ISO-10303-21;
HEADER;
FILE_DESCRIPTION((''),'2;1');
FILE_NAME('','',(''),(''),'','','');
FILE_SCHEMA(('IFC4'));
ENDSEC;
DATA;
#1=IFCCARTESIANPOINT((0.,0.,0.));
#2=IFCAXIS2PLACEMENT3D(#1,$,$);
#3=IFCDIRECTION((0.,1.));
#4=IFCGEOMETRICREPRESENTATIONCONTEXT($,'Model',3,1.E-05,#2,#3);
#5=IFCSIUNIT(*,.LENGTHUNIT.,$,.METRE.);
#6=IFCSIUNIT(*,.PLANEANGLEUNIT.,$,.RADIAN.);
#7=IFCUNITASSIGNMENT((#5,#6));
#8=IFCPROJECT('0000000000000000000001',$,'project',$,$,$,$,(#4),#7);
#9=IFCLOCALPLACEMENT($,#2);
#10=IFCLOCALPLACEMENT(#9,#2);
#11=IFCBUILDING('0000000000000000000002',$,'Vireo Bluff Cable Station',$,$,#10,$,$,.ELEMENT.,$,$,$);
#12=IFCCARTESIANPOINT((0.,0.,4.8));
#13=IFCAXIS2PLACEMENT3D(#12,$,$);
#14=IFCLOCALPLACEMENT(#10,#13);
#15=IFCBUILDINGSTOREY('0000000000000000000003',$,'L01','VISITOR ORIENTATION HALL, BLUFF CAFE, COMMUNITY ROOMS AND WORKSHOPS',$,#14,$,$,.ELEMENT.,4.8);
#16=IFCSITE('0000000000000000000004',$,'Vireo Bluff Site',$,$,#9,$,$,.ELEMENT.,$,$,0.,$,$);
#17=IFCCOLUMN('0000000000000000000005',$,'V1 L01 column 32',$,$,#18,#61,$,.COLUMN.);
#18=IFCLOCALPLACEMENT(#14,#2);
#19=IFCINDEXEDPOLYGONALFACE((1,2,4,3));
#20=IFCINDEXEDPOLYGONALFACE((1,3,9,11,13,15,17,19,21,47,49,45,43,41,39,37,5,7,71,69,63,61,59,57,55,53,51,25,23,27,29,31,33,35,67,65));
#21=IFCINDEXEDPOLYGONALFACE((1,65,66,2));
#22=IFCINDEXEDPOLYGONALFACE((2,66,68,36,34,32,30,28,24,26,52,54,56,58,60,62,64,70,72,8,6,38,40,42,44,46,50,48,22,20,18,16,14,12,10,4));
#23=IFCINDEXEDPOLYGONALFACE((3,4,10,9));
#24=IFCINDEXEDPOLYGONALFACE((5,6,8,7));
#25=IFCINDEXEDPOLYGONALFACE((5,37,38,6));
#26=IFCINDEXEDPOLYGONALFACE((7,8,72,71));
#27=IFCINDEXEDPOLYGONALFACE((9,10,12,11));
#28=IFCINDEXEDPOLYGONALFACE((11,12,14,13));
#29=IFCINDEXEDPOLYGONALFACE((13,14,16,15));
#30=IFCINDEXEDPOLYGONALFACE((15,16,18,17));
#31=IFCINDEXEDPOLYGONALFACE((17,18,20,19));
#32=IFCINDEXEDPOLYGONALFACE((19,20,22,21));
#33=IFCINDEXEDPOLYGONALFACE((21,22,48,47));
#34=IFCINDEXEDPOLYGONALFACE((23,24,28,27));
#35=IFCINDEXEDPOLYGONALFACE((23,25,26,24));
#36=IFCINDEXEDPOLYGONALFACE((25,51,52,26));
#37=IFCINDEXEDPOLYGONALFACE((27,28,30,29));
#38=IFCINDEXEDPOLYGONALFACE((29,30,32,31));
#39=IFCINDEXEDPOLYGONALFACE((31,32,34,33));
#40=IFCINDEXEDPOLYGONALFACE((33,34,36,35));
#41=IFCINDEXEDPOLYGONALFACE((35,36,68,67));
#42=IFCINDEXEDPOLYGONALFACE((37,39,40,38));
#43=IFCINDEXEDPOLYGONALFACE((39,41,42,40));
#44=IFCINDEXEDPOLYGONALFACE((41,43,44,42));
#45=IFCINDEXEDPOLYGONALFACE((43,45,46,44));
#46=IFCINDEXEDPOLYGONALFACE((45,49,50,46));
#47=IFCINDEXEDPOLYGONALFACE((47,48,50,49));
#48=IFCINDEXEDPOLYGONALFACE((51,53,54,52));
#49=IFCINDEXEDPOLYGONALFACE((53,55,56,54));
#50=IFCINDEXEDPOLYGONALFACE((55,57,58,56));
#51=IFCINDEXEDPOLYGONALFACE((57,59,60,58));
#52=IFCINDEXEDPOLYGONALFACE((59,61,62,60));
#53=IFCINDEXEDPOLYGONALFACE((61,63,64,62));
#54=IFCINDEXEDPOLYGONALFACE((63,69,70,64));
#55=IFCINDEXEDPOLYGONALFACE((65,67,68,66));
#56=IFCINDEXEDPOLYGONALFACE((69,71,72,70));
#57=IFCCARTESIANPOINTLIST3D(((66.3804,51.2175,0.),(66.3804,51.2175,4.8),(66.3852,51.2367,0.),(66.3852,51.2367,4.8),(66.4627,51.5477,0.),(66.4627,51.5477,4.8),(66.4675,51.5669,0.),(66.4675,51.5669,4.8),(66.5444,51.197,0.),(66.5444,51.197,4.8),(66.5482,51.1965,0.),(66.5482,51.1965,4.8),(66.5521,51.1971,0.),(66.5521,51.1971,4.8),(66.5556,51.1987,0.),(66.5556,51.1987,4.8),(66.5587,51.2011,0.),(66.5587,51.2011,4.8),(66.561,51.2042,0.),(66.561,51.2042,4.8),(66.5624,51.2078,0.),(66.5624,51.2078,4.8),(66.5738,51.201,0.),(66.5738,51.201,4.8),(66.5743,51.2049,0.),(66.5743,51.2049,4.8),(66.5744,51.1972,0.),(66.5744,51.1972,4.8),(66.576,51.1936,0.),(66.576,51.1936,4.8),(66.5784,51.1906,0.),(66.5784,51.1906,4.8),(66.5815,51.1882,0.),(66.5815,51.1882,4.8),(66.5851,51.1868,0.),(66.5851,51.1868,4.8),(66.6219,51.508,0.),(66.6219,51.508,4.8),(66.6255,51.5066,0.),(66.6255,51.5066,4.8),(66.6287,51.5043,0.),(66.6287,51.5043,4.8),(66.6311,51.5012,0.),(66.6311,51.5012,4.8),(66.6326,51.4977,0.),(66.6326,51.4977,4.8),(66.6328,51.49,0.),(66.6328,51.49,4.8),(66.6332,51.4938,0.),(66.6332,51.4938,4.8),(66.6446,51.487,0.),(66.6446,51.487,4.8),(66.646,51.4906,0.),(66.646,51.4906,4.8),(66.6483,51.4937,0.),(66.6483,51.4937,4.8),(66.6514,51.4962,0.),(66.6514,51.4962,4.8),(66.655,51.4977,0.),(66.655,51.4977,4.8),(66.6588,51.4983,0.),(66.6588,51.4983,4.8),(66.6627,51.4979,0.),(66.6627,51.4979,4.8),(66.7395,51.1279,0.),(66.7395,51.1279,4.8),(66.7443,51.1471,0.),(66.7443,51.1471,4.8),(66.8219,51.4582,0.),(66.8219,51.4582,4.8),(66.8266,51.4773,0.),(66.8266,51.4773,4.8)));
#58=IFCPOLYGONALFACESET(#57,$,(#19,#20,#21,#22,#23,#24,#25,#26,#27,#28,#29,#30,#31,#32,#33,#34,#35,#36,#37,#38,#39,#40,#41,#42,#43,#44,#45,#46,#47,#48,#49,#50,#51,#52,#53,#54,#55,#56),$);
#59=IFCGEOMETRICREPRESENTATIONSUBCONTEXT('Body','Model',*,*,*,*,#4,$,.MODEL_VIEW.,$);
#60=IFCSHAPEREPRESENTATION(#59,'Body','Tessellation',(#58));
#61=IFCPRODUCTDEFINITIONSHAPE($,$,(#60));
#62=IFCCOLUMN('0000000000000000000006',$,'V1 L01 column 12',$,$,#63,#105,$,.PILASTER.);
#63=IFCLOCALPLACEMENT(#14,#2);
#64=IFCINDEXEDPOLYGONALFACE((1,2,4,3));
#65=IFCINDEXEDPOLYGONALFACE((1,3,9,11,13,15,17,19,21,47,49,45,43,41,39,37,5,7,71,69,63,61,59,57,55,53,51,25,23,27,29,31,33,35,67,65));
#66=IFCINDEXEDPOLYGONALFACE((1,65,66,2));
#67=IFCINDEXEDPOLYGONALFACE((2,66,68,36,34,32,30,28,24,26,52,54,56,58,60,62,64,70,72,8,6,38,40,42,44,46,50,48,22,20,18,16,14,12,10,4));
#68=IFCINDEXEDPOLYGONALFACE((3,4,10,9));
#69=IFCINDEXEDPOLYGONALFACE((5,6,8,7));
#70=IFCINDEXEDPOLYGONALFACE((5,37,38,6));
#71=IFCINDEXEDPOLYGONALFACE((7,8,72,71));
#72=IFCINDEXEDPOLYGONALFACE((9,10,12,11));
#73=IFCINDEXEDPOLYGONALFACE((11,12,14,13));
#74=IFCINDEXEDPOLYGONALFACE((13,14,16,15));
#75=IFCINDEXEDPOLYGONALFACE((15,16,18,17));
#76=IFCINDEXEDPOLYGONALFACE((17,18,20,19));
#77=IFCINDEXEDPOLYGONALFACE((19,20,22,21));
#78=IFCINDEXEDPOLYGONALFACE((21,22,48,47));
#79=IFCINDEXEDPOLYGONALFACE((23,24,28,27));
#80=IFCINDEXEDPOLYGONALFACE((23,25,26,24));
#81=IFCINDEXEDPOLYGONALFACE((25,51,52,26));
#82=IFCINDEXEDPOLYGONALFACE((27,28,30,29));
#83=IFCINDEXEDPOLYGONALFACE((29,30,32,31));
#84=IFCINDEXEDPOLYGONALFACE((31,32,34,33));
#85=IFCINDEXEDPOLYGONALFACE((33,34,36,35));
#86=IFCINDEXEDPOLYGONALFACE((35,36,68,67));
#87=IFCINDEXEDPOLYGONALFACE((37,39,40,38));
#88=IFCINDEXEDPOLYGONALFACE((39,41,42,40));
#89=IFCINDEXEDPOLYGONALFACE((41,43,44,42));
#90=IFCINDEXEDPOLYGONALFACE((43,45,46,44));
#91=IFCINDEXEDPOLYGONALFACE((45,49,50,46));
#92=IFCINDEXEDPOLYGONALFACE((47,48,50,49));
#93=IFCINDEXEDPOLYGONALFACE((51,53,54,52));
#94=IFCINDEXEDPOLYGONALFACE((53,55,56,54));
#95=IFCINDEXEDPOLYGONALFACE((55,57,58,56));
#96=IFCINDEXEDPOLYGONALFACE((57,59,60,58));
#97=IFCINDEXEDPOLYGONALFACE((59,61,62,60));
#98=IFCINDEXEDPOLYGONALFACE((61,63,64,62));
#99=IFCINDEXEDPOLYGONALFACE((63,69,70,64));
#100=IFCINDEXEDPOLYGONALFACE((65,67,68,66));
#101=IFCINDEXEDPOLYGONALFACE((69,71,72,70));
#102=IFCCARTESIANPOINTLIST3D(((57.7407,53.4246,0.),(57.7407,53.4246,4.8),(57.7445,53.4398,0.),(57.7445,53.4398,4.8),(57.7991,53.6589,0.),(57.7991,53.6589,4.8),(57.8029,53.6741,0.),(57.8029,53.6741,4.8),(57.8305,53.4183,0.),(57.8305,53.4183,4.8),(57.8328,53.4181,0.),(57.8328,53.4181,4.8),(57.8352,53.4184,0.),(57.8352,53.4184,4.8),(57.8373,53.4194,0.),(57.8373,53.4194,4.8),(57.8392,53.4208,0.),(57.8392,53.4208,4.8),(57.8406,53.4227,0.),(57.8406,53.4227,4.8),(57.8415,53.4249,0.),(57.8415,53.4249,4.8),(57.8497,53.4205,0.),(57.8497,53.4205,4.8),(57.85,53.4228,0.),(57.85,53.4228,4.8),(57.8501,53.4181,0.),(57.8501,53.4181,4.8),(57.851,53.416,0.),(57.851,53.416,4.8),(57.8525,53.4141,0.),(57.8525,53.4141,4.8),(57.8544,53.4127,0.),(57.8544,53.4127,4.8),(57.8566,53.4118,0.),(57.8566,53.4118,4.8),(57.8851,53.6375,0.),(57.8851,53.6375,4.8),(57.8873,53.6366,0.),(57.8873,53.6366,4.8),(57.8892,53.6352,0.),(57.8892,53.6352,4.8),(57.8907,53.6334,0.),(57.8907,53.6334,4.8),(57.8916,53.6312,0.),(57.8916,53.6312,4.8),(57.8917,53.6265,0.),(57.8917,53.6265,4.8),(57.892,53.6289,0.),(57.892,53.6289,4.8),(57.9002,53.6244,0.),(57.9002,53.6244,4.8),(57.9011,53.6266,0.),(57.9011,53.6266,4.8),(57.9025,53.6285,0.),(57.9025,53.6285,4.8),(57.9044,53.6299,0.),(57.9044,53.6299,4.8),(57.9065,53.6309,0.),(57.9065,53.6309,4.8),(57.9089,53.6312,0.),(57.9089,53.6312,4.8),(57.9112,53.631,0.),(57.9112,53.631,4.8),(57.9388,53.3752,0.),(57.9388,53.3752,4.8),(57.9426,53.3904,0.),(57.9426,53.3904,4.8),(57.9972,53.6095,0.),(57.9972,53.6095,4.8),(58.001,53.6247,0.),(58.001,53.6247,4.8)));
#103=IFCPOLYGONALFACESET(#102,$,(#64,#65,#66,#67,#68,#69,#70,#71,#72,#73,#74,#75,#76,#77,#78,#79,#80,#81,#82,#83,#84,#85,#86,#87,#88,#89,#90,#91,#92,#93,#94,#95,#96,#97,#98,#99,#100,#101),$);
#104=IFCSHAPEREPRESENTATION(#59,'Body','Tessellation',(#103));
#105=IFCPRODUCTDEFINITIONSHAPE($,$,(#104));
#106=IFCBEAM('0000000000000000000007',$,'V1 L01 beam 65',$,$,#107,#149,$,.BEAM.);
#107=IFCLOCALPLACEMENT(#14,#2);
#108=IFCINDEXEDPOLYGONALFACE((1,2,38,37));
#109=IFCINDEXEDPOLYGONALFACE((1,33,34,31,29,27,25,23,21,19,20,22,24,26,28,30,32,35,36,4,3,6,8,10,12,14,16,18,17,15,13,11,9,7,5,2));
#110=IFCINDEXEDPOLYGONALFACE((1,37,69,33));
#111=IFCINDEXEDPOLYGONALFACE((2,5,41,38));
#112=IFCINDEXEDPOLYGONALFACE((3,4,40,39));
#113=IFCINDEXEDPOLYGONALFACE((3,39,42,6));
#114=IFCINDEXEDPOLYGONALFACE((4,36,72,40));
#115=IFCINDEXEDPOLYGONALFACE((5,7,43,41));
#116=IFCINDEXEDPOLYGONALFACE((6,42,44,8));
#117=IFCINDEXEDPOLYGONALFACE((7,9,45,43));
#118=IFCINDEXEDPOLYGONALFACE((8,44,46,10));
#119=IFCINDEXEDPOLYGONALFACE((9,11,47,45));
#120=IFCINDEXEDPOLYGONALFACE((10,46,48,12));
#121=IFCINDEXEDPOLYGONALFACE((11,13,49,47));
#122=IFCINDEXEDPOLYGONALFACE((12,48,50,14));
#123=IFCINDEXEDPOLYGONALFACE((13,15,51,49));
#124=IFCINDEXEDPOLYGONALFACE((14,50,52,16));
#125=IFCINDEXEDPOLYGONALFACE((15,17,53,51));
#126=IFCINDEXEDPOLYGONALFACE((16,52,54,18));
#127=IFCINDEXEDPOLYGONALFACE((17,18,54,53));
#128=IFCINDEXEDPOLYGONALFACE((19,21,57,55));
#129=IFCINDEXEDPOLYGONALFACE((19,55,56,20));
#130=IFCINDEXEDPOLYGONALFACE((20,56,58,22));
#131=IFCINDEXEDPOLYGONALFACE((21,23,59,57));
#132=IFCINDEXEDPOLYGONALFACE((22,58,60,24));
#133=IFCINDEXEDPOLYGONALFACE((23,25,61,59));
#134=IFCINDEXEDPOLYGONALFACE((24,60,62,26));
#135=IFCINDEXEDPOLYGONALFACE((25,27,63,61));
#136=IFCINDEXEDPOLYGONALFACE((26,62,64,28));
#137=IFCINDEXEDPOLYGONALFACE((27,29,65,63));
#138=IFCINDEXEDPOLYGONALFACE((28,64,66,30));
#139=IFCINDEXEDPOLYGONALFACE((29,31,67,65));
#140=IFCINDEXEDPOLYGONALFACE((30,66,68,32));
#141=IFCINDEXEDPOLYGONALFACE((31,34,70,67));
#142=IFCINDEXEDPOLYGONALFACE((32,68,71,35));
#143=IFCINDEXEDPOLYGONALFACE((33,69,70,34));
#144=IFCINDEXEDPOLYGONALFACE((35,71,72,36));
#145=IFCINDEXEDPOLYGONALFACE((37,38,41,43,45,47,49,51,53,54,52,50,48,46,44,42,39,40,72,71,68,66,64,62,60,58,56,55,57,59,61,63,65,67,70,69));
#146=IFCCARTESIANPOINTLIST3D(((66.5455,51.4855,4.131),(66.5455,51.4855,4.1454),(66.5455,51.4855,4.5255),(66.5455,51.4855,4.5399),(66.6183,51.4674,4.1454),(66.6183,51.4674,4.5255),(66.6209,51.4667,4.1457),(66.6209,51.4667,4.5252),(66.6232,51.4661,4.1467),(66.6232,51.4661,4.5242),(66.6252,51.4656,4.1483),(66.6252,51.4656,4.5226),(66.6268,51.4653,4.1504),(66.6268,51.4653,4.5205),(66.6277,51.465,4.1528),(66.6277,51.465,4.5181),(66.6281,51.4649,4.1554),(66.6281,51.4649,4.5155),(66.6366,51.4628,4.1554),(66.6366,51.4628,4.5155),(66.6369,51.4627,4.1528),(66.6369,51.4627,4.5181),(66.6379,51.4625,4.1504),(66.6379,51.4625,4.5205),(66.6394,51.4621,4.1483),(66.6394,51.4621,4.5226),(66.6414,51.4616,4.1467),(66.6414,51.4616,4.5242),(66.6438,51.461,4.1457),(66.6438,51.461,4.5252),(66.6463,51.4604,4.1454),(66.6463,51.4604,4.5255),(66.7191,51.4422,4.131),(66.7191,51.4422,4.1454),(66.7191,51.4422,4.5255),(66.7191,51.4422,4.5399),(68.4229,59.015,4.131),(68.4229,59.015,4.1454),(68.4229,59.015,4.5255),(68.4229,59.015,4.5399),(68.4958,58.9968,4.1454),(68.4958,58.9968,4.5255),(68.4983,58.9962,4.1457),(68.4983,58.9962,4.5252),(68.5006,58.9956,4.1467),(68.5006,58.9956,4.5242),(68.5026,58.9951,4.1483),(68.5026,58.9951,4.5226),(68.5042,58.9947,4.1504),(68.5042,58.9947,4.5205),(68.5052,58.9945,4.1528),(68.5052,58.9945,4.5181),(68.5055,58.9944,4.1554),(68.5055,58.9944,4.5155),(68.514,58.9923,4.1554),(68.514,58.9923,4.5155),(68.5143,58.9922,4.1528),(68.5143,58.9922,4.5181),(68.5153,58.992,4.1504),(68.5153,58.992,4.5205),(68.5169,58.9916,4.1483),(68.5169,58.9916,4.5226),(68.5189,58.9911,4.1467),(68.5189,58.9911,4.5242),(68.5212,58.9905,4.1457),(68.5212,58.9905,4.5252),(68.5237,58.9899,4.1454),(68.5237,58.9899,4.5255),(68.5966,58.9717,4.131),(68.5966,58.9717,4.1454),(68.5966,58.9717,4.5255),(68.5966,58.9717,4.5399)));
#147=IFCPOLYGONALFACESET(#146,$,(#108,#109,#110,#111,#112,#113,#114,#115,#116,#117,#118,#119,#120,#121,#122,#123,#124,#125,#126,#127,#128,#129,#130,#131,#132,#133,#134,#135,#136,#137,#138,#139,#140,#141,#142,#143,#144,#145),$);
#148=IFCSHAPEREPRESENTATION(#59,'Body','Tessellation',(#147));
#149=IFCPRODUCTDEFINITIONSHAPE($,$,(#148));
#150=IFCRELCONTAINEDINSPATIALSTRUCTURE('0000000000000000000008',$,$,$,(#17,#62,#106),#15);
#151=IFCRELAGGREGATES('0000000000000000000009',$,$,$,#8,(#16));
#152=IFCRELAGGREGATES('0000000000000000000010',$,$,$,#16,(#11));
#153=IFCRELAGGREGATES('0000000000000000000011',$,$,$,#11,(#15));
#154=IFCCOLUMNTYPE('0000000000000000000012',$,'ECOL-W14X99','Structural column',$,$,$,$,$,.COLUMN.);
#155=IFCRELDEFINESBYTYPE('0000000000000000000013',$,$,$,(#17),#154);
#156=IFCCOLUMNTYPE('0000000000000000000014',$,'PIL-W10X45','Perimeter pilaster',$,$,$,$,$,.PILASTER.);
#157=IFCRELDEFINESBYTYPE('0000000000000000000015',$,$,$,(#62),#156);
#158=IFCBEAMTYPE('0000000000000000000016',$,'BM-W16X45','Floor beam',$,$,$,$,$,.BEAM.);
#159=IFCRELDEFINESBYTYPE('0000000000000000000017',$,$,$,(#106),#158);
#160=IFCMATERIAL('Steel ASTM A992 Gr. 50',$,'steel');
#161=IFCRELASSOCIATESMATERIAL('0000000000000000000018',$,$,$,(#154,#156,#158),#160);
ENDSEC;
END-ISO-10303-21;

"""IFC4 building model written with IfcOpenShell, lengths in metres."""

from ifc_helpers import new_model, si_unit, direction, frame, origin, origin_2d, place, context, subcontext, project, spatial, i_section, extrude, material, material_profile, profile_set, type_object, element, save


model = new_model("IFC4")

# Units and contexts
model_context = context("Model", 3, precision=1e-05, world=origin(), true_north=direction((0.0, 1.0)))
body_context = subcontext(model_context, "Body", "Model", "MODEL_VIEW")
ifc_project = project(units=[si_unit("LENGTHUNIT", "METRE"), si_unit("PLANEANGLEUNIT", "RADIAN")], contexts=[model_context])

# Site, building, storey
site_placement = place(None, origin())
site = spatial("IfcSite", under=ifc_project, at=site_placement, Name="Vireo Bluff Site", CompositionType="ELEMENT", RefElevation=0.0)
building_placement = place(site_placement, origin())
building = spatial("IfcBuilding", under=site, at=building_placement, Name="Vireo Bluff Cable Station", CompositionType="ELEMENT")
storey_placement = place(building_placement, frame((0.0, 0.0, 4.8)))
storey = spatial("IfcBuildingStorey", under=building, at=storey_placement, Name="L01", Description="VISITOR ORIENTATION HALL, BLUFF CAFE, COMMUNITY ROOMS AND WORKSHOPS", CompositionType="ELEMENT", Elevation=4.8)

# Columns
ifc_material_1 = material(Name="Steel ASTM A992 Gr. 50", Category="steel")
ifc_material_profile_1 = material_profile(ifc_material_1, i_section(OverallWidth=0.3701, OverallDepth=0.3601, WebThickness=0.0122, FlangeThickness=0.0198, FilletRadius=0.0149, at=origin_2d()), Name="W14X99")
ifc_profile_set_1 = profile_set([ifc_material_profile_1], Name="Steel ASTM A992 Gr. 50")
column_type_1 = type_object("IfcColumnType", Name="ECOL-W14X99", Description="Structural column", PredefinedType="COLUMN", material=ifc_profile_set_1)
column_1_placement = place(storey_placement, frame((66.6035, 51.3474, 0.0), z_axis=(0.0, 0.0, 1.0), x_axis=(0.970296, -0.241922, 0.0)))
element("IfcColumn", 1, at=column_1_placement, inside=storey, type_object=column_type_1, Name="V1 L01 column 32", PredefinedType="COLUMN", context=body_context, shape_type="SweptSolid", body=[
    extrude(i_section(OverallWidth=0.3701, OverallDepth=0.3601, WebThickness=0.0122, FlangeThickness=0.0198, FilletRadius=0.0149, at=origin_2d()), origin(), (0.0, 0.0, 1.0), 4.8),
])
ifc_material_profile_2 = material_profile(ifc_material_1, i_section(OverallWidth=0.2041, OverallDepth=0.2571, WebThickness=0.0088, FlangeThickness=0.0156, FilletRadius=0.009, at=origin_2d()), Name="W10X45")
ifc_profile_set_2 = profile_set([ifc_material_profile_2], Name="Steel ASTM A992 Gr. 50")
column_type_2 = type_object("IfcColumnType", Name="PIL-W10X45", Description="Perimeter pilaster", PredefinedType="PILASTER", material=ifc_profile_set_2)
column_2_placement = place(storey_placement, frame((57.8708, 53.5247, 0.0), z_axis=(0.0, 0.0, 1.0), x_axis=(0.970296, -0.241922, 0.0)))
element("IfcColumn", 2, at=column_2_placement, inside=storey, type_object=column_type_2, Name="V1 L01 column 12", PredefinedType="PILASTER", context=body_context, shape_type="SweptSolid", body=[
    extrude(i_section(OverallWidth=0.2041, OverallDepth=0.2571, WebThickness=0.0088, FlangeThickness=0.0156, FilletRadius=0.009, at=origin_2d()), origin(), (0.0, 0.0, 1.0), 4.8),
])

# Beam
ifc_material_profile_3 = material_profile(ifc_material_1, i_section(OverallWidth=0.179, OverallDepth=0.4089, WebThickness=0.0088, FlangeThickness=0.0144, FilletRadius=0.01, at=origin_2d()), Name="W16X45")
ifc_profile_set_3 = profile_set([ifc_material_profile_3], Name="Steel ASTM A992 Gr. 50")
beam_type_1 = type_object("IfcBeamType", Name="BM-W16X45", Description="Floor beam", PredefinedType="BEAM", material=ifc_profile_set_3)
beam_1_placement = place(storey_placement, frame((66.6323, 51.4639, 4.3354), z_axis=(0.241936, 0.970292, 0.0), x_axis=(-0.970292, 0.241936, 0.0)))
element("IfcBeam", 3, at=beam_1_placement, inside=storey, type_object=beam_type_1, Name="V1 L01 beam 65", PredefinedType="BEAM", context=body_context, shape_type="SweptSolid", body=[
    extrude(i_section(OverallWidth=0.179, OverallDepth=0.4089, WebThickness=0.0088, FlangeThickness=0.0144, FilletRadius=0.01, at=origin_2d()), origin(), (0.0, 0.0, 1.0), 7.76),
])

save(model, "model.ifc")
